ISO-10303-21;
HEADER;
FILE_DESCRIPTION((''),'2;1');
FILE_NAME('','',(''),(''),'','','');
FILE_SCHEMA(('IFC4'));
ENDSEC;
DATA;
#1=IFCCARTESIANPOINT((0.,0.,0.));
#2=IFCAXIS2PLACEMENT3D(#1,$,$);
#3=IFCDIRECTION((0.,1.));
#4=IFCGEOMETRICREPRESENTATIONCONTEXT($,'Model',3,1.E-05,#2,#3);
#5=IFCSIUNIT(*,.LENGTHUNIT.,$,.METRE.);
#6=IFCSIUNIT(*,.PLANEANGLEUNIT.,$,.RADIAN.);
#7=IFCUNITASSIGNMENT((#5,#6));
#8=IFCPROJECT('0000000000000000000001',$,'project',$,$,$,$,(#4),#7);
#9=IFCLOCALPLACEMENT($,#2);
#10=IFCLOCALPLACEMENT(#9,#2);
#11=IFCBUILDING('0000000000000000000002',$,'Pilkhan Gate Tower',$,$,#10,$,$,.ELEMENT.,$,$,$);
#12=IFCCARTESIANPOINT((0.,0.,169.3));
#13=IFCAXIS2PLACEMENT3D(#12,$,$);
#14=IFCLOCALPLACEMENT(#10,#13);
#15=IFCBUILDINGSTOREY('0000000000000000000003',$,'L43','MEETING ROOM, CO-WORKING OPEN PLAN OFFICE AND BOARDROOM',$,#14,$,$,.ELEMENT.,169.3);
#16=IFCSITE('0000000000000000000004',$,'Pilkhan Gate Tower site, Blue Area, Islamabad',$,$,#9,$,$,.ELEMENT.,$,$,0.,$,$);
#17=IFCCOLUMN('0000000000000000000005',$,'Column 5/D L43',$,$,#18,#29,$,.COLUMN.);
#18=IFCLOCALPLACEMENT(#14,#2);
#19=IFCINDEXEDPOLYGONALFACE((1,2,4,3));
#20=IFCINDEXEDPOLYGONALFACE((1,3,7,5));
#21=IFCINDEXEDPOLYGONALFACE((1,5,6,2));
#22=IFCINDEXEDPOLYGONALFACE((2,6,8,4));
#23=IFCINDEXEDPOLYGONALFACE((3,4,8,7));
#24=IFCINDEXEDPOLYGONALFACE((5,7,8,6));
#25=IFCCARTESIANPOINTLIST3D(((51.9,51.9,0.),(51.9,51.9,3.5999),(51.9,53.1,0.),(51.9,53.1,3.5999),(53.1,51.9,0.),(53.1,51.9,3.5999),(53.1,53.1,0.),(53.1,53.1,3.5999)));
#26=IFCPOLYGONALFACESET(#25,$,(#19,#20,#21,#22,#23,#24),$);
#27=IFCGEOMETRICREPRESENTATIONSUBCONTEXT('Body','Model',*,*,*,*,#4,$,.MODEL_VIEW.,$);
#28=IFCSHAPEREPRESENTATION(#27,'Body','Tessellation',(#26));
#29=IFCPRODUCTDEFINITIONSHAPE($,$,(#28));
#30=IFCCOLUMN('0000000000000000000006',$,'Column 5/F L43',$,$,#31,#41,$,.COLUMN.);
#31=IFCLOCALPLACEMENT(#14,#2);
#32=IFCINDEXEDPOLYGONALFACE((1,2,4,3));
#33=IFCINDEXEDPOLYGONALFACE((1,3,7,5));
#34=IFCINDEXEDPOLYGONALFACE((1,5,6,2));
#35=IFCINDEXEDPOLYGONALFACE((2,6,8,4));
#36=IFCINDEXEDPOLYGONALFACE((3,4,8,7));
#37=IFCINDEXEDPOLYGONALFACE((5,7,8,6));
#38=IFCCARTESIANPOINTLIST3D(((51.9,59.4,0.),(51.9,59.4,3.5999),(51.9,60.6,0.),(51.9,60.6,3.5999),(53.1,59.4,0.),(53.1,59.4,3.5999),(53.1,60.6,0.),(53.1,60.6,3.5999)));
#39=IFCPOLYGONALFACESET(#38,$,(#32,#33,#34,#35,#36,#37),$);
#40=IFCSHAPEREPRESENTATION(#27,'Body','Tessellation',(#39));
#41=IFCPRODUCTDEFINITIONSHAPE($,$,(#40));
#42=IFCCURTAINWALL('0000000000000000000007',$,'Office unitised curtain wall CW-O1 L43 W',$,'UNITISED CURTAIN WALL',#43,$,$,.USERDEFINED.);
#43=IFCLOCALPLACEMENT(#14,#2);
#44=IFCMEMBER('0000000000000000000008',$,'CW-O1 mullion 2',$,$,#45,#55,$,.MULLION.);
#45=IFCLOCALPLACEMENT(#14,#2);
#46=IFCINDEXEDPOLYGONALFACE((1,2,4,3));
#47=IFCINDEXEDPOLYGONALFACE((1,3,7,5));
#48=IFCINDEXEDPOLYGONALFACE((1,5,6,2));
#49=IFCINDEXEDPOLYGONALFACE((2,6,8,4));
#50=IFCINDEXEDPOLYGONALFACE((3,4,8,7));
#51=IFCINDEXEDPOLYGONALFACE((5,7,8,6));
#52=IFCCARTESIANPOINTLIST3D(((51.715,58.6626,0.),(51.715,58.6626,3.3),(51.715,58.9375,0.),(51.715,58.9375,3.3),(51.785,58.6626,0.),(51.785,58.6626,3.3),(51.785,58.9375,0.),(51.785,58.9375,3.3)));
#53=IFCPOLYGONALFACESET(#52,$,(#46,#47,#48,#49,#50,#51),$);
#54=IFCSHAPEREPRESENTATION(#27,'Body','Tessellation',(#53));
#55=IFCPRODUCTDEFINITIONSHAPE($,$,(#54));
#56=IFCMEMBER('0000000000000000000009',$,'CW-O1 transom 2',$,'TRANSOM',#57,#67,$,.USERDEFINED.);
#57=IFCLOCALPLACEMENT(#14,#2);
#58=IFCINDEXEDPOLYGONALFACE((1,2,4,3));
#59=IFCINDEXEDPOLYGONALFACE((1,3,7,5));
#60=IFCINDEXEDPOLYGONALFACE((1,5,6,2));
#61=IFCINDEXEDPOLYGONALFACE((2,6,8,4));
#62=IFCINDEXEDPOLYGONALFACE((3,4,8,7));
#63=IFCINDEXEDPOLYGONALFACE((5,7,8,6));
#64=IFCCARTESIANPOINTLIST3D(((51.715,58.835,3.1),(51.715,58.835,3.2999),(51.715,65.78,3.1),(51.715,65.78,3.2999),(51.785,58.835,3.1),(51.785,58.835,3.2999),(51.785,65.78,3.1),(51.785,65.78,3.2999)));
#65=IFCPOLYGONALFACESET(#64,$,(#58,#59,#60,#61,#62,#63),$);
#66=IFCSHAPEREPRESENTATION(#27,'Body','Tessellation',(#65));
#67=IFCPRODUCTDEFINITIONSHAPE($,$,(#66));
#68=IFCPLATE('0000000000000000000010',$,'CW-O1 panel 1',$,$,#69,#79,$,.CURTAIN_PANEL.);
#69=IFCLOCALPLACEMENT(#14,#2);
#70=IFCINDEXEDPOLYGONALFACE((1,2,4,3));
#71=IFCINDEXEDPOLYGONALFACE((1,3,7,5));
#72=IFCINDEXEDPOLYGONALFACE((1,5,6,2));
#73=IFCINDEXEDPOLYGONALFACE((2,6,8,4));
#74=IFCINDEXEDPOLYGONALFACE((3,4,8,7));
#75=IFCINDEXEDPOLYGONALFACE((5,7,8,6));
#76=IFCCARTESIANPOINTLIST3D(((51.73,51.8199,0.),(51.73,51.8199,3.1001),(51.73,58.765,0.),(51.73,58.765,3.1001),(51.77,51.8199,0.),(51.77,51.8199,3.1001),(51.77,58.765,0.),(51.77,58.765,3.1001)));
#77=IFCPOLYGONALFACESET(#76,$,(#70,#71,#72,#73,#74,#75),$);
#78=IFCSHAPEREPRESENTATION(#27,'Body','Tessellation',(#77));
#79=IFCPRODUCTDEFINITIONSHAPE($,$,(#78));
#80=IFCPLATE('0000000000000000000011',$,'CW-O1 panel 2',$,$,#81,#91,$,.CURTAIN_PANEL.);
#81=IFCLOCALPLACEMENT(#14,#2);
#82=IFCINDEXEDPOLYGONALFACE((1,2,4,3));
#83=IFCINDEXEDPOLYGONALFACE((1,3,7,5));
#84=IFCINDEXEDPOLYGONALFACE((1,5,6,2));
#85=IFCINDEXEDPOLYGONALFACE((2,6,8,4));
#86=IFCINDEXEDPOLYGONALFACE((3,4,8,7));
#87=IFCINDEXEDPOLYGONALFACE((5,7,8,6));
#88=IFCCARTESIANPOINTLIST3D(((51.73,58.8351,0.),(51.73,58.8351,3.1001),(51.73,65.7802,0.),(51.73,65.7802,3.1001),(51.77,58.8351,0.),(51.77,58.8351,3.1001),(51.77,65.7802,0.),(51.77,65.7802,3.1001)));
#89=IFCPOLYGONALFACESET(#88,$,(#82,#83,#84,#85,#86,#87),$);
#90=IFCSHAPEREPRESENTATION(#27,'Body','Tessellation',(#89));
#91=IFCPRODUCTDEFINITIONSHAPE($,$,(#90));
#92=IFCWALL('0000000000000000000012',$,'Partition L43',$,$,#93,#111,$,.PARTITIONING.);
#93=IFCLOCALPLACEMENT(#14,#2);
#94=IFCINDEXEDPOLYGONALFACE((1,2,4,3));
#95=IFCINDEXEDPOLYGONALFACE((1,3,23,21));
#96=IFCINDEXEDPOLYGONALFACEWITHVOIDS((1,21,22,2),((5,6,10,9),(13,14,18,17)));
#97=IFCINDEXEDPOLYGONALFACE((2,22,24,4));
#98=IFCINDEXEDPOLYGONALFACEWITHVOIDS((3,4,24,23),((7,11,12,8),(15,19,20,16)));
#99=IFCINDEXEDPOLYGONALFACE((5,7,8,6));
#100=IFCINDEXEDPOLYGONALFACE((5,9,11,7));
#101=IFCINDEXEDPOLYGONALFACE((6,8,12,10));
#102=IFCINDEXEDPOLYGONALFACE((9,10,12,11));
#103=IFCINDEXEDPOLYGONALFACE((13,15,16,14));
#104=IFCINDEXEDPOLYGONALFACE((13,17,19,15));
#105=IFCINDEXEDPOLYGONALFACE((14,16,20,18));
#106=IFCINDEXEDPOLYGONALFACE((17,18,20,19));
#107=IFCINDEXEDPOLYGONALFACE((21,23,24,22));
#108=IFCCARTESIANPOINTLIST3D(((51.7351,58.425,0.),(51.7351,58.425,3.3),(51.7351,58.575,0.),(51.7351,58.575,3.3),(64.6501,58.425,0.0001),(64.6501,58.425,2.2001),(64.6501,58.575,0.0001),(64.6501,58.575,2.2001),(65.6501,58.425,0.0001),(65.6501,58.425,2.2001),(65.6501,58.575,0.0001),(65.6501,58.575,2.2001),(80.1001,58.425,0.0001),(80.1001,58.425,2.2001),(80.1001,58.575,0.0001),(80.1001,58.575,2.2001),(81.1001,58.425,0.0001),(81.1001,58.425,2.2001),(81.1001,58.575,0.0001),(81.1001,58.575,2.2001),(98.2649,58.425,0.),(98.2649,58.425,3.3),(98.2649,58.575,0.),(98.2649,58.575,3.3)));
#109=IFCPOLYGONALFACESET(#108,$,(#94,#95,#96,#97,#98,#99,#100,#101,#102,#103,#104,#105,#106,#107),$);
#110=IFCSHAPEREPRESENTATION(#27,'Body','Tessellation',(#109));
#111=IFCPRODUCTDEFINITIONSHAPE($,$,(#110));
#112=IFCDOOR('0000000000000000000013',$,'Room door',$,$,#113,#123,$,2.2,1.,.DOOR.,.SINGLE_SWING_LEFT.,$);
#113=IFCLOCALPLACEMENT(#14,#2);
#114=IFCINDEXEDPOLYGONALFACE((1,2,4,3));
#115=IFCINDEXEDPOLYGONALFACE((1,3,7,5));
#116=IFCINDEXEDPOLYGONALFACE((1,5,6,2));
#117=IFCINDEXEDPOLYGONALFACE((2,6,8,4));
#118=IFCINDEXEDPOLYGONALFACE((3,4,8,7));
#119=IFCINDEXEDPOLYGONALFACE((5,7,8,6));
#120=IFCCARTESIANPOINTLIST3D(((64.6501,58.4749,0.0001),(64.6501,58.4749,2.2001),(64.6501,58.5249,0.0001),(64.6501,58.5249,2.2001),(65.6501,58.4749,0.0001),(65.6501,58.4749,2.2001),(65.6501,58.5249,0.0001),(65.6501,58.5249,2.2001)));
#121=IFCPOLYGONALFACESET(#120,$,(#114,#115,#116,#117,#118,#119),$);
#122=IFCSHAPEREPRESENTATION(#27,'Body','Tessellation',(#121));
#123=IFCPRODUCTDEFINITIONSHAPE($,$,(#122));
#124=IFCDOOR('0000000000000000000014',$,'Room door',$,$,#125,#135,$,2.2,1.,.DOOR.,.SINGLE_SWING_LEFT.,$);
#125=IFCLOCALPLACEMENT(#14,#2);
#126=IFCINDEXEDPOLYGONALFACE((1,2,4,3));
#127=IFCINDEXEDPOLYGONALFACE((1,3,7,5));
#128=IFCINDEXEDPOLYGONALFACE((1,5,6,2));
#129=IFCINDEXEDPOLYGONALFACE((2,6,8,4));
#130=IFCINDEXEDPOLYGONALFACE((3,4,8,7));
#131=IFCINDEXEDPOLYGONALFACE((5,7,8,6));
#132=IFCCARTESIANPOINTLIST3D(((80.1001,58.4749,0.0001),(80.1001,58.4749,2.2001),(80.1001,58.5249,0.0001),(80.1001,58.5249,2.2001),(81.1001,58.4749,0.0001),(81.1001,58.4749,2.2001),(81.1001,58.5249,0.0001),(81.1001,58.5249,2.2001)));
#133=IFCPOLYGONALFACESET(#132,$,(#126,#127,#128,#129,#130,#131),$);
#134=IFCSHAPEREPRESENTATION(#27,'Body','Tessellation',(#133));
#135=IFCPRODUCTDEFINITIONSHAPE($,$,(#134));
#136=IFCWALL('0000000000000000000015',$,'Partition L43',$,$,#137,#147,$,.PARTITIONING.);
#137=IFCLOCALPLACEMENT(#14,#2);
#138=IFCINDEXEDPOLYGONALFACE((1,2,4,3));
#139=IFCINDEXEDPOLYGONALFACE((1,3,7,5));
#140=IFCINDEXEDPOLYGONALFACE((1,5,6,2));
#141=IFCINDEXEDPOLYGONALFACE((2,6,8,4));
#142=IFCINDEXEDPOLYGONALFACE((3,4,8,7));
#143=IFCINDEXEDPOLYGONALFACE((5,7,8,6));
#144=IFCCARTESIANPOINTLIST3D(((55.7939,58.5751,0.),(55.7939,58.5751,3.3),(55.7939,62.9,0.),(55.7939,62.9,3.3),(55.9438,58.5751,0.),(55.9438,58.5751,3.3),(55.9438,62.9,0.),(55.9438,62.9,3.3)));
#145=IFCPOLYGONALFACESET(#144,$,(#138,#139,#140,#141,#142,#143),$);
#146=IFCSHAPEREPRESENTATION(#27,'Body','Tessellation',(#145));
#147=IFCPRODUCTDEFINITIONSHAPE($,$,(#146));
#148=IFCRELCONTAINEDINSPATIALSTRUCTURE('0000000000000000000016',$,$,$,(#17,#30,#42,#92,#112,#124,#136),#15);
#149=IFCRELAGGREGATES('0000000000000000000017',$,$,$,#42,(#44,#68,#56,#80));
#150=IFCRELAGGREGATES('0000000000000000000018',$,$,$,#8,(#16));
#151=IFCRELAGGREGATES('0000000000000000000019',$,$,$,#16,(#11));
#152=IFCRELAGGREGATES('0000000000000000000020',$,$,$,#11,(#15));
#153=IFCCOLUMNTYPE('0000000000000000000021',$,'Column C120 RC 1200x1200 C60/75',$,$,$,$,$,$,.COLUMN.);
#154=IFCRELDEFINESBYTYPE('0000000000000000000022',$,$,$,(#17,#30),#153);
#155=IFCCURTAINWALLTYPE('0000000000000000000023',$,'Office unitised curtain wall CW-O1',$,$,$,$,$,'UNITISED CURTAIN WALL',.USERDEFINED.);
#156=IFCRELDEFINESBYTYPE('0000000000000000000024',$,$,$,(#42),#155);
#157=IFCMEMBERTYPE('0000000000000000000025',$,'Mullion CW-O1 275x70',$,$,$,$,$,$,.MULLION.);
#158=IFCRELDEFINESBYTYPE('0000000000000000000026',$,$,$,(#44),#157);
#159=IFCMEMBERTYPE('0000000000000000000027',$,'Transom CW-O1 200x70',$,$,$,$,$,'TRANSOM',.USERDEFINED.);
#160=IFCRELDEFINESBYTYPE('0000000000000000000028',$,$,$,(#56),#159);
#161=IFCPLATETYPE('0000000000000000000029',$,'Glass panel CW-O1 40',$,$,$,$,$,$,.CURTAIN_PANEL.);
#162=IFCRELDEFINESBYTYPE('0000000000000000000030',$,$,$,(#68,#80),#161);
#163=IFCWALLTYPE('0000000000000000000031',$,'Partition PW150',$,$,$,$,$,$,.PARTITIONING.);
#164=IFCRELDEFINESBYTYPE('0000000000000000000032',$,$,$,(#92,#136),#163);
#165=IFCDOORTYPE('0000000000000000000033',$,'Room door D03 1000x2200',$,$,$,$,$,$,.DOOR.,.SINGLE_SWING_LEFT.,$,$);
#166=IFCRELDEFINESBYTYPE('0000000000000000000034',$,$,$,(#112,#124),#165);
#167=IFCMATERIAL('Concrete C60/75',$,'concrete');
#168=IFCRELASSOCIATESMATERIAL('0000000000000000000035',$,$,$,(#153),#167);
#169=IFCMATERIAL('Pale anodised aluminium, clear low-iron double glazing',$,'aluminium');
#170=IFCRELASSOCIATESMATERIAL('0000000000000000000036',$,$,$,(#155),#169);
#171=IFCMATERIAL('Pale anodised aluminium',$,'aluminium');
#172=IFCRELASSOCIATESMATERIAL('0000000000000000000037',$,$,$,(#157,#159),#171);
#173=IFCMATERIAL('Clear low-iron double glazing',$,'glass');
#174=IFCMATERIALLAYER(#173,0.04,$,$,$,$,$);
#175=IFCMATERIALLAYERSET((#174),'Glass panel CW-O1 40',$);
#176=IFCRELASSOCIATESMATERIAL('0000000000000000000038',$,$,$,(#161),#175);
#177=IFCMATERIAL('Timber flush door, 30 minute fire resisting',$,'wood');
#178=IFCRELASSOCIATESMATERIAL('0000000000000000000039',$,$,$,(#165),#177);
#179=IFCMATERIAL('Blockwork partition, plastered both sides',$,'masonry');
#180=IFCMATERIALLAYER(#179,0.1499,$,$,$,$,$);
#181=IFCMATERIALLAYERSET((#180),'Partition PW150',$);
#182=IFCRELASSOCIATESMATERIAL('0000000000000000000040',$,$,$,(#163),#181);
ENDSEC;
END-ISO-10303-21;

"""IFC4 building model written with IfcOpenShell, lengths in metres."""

from ifc_helpers import new_model, si_unit, direction, frame, frame_2d, origin, origin_2d, place, context, subcontext, project, spatial, rectangle, extrude, material, layer, layer_set, material_profile, profile_set, type_object, element, fill, aggregate, save


model = new_model("IFC4")

# Units and contexts
model_context = context("Model", 3, precision=1e-05, world=origin(), true_north=direction((0.0, 1.0)))
body_context = subcontext(model_context, "Body", "Model", "MODEL_VIEW")
ifc_project = project(units=[si_unit("LENGTHUNIT", "METRE"), si_unit("PLANEANGLEUNIT", "RADIAN")], contexts=[model_context])

# Site, building, storey
site_placement = place(None, origin())
site = spatial("IfcSite", under=ifc_project, at=site_placement, Name="Pilkhan Gate Tower site, Blue Area, Islamabad", CompositionType="ELEMENT", RefElevation=0.0)
building_placement = place(site_placement, origin())
building = spatial("IfcBuilding", under=site, at=building_placement, Name="Pilkhan Gate Tower", CompositionType="ELEMENT")
storey_placement = place(building_placement, frame((0.0, 0.0, 169.3)))
storey = spatial("IfcBuildingStorey", under=building, at=storey_placement, Name="L43", Description="MEETING ROOM, CO-WORKING OPEN PLAN OFFICE AND BOARDROOM", CompositionType="ELEMENT", Elevation=169.3)

# Columns
ifc_material_1 = material(Name="Concrete C60/75", Category="concrete")
ifc_material_profile_1 = material_profile(ifc_material_1, rectangle(XDim=1.2, YDim=1.2, at=origin_2d()), Name="RC 1200x1200")
ifc_profile_set_1 = profile_set([ifc_material_profile_1], Name="Concrete C60/75")
column_type = type_object("IfcColumnType", Name="Column C120 RC 1200x1200 C60/75", PredefinedType="COLUMN", material=ifc_profile_set_1)
for number, where, z_axis, x_axis, name in (
    (1, (52.5, 52.5, 0.0), (0.0, 0.0, 1.0), (1.0, 0.0, 0.0), "Column 5/D L43"),
    (2, (52.5, 60.0, 0.0), (0.0, 0.0, 1.0), (1.0, 0.0, 0.0), "Column 5/F L43"),
):
    element("IfcColumn", number, at=place(storey_placement, frame(where, z_axis=z_axis, x_axis=x_axis)), inside=storey, type_object=column_type, Name=name, PredefinedType="COLUMN", context=body_context, shape_type="SweptSolid", body=[
        extrude(rectangle(XDim=1.2, YDim=1.2, at=origin_2d()), origin(), (0.0, 0.0, 1.0), 3.5999),
    ])

# Curtain wall, members, plates
ifc_material_2 = material(Name="Pale anodised aluminium, clear low-iron double glazing", Category="aluminium")
curtain_wall_type = type_object("IfcCurtainWallType", Name="Office unitised curtain wall CW-O1", ElementType="UNITISED CURTAIN WALL", PredefinedType="USERDEFINED", material=ifc_material_2)
curtain_wall_placement = place(storey_placement, origin())
curtain_wall = element("IfcCurtainWall", 3, at=curtain_wall_placement, inside=storey, type_object=curtain_wall_type, Name="Office unitised curtain wall CW-O1 L43 W", ObjectType="UNITISED CURTAIN WALL", PredefinedType="USERDEFINED")
ifc_material_3 = material(Name="Pale anodised aluminium", Category="aluminium")
ifc_material_profile_2 = material_profile(ifc_material_3, rectangle(XDim=0.0701, YDim=0.2749, at=origin_2d()), Name="Mullion 275x70")
ifc_profile_set_2 = profile_set([ifc_material_profile_2], Name="Pale anodised aluminium")
member_type_1 = type_object("IfcMemberType", Name="Mullion CW-O1 275x70", PredefinedType="MULLION", material=ifc_profile_set_2)
member_1_placement = place(storey_placement, frame((51.75, 58.8, 0.0), z_axis=(0.0, 0.0, 1.0), x_axis=(-1.0, 0.0, 0.0)))
member_1 = element("IfcMember", 4, at=member_1_placement, type_object=member_type_1, Name="CW-O1 mullion 2", PredefinedType="MULLION", context=body_context, shape_type="SweptSolid", body=[
    extrude(rectangle(XDim=0.0701, YDim=0.2749, at=origin_2d()), origin(), (0.0, 0.0, 1.0), 3.3),
])
ifc_material_profile_3 = material_profile(ifc_material_3, rectangle(XDim=0.0701, YDim=0.2, at=origin_2d()), Name="Transom 200x70")
ifc_profile_set_3 = profile_set([ifc_material_profile_3], Name="Pale anodised aluminium")
member_type_2 = type_object("IfcMemberType", Name="Transom CW-O1 200x70", ElementType="TRANSOM", PredefinedType="USERDEFINED", material=ifc_profile_set_3)
member_2_placement = place(storey_placement, frame((51.75, 58.835, 3.2), z_axis=(0.0, 1.0, 0.0), x_axis=(-1.0, 0.0, 0.0)))
member_2 = element("IfcMember", 5, at=member_2_placement, type_object=member_type_2, Name="CW-O1 transom 2", ObjectType="TRANSOM", PredefinedType="USERDEFINED", context=body_context, shape_type="SweptSolid", body=[
    extrude(rectangle(XDim=0.0701, YDim=0.2, at=origin_2d()), origin(), (0.0, 0.0, 1.0), 6.9451),
])
ifc_material_4 = material(Name="Clear low-iron double glazing", Category="glass")
ifc_layer_1 = layer(ifc_material_4, 0.04)
ifc_layer_set_1 = layer_set([ifc_layer_1], Name="Glass panel CW-O1 40")
plate_type = type_object("IfcPlateType", Name="Glass panel CW-O1 40", PredefinedType="CURTAIN_PANEL", material=ifc_layer_set_1)
plate_1_placement = place(storey_placement, frame((51.75, 55.2925, 0.0), z_axis=(0.0, 0.0, 1.0), x_axis=(0.0, 1.0, 0.0)))
plate_1 = element("IfcPlate", 6, at=plate_1_placement, type_object=plate_type, Name="CW-O1 panel 1", PredefinedType="CURTAIN_PANEL", context=body_context, shape_type="SweptSolid", body=[
    extrude(rectangle(XDim=6.9451, YDim=0.04, at=origin_2d()), origin(), (0.0, 0.0, 1.0), 3.1001),
])
plate_2_placement = place(storey_placement, frame((51.75, 62.3076, 0.0), z_axis=(0.0, 0.0, 1.0), x_axis=(0.0, 1.0, 0.0)))
plate_2 = element("IfcPlate", 7, at=plate_2_placement, type_object=plate_type, Name="CW-O1 panel 2", PredefinedType="CURTAIN_PANEL", context=body_context, shape_type="SweptSolid", body=[
    extrude(rectangle(XDim=6.9451, YDim=0.04, at=origin_2d()), origin(), (0.0, 0.0, 1.0), 3.1001),
])
aggregate(curtain_wall, [member_1, plate_1, member_2, plate_2])

# Wall, openings, doors
ifc_material_5 = material(Name="Timber flush door, 30 minute fire resisting", Category="wood")
door_type_1 = type_object("IfcDoorType", Name="Room door D03 1000x2200", OperationType="SINGLE_SWING_LEFT", PredefinedType="DOOR", material=ifc_material_5)
ifc_material_6 = material(Name="Blockwork partition, plastered both sides", Category="masonry")
ifc_layer_2 = layer(ifc_material_6, 0.1499)
ifc_layer_set_2 = layer_set([ifc_layer_2], Name="Partition PW150")
wall_type_1 = type_object("IfcWallType", Name="Partition PW150", PredefinedType="PARTITIONING", material=ifc_layer_set_2)
wall_1_placement = place(storey_placement, frame((51.7351, 58.5, 0.0), z_axis=(0.0, 0.0, 1.0), x_axis=(1.0, 0.0, 0.0)))
wall_1 = element("IfcWall", 8, at=wall_1_placement, inside=storey, type_object=wall_type_1, Name="Partition L43", PredefinedType="PARTITIONING", context=body_context, shape_type="SweptSolid", body=[
    extrude(rectangle(XDim=46.5298, YDim=0.1499, at=frame_2d((23.2649, 0.0))), origin(), (0.0, 0.0, 1.0), 3.3),
])
opening_1_placement = place(wall_1_placement, frame((12.915, 0.0, 0.0)))
opening_1 = element("IfcOpeningElement", 9, at=opening_1_placement, cuts=wall_1, PredefinedType="OPENING", context=body_context, shape_type="SweptSolid", body=[
    extrude(rectangle(XDim=1.0, YDim=2.2, at=frame_2d((0.5, 1.1001))), frame((0.0, 0.085, 0.0), z_axis=(0.0, -1.0, 0.0), x_axis=(1.0, 0.0, 0.0)), (0.0, 0.0, 1.0), 0.1699),
])
opening_2_placement = place(wall_1_placement, frame((28.365, 0.0, 0.0)))
opening_2 = element("IfcOpeningElement", 10, at=opening_2_placement, cuts=wall_1, PredefinedType="OPENING", context=body_context, shape_type="SweptSolid", body=[
    extrude(rectangle(XDim=1.0, YDim=2.2, at=frame_2d((0.5, 1.1001))), frame((0.0, 0.085, 0.0), z_axis=(0.0, -1.0, 0.0), x_axis=(1.0, 0.0, 0.0)), (0.0, 0.0, 1.0), 0.1699),
])
door_1_placement = place(opening_1_placement, origin())
door_1 = element("IfcDoor", 11, at=door_1_placement, inside=storey, type_object=door_type_1, Name="Room door", OperationType="SINGLE_SWING_LEFT", OverallHeight=2.2, OverallWidth=1.0, PredefinedType="DOOR", context=body_context, shape_type="SweptSolid", body=[
    extrude(rectangle(XDim=1.0, YDim=2.2, at=frame_2d((0.5, 1.1001))), frame((0.0, 0.0249, 0.0), z_axis=(0.0, -1.0, 0.0), x_axis=(1.0, 0.0, 0.0)), (0.0, 0.0, 1.0), 0.05),
])
fill(opening_1, door_1)
door_2_placement = place(opening_2_placement, origin())
door_2 = element("IfcDoor", 12, at=door_2_placement, inside=storey, type_object=door_type_1, Name="Room door", OperationType="SINGLE_SWING_LEFT", OverallHeight=2.2, OverallWidth=1.0, PredefinedType="DOOR", context=body_context, shape_type="SweptSolid", body=[
    extrude(rectangle(XDim=1.0, YDim=2.2, at=frame_2d((0.5, 1.1001))), frame((0.0, 0.0249, 0.0), z_axis=(0.0, -1.0, 0.0), x_axis=(1.0, 0.0, 0.0)), (0.0, 0.0, 1.0), 0.05),
])
fill(opening_2, door_2)

# Wall
wall_2_placement = place(storey_placement, frame((55.8689, 58.575, 0.0), z_axis=(0.0, 0.0, 1.0), x_axis=(0.0, 1.0, 0.0)))
element("IfcWall", 13, at=wall_2_placement, inside=storey, type_object=wall_type_1, Name="Partition L43", PredefinedType="PARTITIONING", context=body_context, shape_type="SweptSolid", body=[
    extrude(rectangle(XDim=4.325, YDim=0.1499, at=frame_2d((2.1626, 0.0))), origin(), (0.0, 0.0, 1.0), 3.3),
])

save(model, "model.ifc")
